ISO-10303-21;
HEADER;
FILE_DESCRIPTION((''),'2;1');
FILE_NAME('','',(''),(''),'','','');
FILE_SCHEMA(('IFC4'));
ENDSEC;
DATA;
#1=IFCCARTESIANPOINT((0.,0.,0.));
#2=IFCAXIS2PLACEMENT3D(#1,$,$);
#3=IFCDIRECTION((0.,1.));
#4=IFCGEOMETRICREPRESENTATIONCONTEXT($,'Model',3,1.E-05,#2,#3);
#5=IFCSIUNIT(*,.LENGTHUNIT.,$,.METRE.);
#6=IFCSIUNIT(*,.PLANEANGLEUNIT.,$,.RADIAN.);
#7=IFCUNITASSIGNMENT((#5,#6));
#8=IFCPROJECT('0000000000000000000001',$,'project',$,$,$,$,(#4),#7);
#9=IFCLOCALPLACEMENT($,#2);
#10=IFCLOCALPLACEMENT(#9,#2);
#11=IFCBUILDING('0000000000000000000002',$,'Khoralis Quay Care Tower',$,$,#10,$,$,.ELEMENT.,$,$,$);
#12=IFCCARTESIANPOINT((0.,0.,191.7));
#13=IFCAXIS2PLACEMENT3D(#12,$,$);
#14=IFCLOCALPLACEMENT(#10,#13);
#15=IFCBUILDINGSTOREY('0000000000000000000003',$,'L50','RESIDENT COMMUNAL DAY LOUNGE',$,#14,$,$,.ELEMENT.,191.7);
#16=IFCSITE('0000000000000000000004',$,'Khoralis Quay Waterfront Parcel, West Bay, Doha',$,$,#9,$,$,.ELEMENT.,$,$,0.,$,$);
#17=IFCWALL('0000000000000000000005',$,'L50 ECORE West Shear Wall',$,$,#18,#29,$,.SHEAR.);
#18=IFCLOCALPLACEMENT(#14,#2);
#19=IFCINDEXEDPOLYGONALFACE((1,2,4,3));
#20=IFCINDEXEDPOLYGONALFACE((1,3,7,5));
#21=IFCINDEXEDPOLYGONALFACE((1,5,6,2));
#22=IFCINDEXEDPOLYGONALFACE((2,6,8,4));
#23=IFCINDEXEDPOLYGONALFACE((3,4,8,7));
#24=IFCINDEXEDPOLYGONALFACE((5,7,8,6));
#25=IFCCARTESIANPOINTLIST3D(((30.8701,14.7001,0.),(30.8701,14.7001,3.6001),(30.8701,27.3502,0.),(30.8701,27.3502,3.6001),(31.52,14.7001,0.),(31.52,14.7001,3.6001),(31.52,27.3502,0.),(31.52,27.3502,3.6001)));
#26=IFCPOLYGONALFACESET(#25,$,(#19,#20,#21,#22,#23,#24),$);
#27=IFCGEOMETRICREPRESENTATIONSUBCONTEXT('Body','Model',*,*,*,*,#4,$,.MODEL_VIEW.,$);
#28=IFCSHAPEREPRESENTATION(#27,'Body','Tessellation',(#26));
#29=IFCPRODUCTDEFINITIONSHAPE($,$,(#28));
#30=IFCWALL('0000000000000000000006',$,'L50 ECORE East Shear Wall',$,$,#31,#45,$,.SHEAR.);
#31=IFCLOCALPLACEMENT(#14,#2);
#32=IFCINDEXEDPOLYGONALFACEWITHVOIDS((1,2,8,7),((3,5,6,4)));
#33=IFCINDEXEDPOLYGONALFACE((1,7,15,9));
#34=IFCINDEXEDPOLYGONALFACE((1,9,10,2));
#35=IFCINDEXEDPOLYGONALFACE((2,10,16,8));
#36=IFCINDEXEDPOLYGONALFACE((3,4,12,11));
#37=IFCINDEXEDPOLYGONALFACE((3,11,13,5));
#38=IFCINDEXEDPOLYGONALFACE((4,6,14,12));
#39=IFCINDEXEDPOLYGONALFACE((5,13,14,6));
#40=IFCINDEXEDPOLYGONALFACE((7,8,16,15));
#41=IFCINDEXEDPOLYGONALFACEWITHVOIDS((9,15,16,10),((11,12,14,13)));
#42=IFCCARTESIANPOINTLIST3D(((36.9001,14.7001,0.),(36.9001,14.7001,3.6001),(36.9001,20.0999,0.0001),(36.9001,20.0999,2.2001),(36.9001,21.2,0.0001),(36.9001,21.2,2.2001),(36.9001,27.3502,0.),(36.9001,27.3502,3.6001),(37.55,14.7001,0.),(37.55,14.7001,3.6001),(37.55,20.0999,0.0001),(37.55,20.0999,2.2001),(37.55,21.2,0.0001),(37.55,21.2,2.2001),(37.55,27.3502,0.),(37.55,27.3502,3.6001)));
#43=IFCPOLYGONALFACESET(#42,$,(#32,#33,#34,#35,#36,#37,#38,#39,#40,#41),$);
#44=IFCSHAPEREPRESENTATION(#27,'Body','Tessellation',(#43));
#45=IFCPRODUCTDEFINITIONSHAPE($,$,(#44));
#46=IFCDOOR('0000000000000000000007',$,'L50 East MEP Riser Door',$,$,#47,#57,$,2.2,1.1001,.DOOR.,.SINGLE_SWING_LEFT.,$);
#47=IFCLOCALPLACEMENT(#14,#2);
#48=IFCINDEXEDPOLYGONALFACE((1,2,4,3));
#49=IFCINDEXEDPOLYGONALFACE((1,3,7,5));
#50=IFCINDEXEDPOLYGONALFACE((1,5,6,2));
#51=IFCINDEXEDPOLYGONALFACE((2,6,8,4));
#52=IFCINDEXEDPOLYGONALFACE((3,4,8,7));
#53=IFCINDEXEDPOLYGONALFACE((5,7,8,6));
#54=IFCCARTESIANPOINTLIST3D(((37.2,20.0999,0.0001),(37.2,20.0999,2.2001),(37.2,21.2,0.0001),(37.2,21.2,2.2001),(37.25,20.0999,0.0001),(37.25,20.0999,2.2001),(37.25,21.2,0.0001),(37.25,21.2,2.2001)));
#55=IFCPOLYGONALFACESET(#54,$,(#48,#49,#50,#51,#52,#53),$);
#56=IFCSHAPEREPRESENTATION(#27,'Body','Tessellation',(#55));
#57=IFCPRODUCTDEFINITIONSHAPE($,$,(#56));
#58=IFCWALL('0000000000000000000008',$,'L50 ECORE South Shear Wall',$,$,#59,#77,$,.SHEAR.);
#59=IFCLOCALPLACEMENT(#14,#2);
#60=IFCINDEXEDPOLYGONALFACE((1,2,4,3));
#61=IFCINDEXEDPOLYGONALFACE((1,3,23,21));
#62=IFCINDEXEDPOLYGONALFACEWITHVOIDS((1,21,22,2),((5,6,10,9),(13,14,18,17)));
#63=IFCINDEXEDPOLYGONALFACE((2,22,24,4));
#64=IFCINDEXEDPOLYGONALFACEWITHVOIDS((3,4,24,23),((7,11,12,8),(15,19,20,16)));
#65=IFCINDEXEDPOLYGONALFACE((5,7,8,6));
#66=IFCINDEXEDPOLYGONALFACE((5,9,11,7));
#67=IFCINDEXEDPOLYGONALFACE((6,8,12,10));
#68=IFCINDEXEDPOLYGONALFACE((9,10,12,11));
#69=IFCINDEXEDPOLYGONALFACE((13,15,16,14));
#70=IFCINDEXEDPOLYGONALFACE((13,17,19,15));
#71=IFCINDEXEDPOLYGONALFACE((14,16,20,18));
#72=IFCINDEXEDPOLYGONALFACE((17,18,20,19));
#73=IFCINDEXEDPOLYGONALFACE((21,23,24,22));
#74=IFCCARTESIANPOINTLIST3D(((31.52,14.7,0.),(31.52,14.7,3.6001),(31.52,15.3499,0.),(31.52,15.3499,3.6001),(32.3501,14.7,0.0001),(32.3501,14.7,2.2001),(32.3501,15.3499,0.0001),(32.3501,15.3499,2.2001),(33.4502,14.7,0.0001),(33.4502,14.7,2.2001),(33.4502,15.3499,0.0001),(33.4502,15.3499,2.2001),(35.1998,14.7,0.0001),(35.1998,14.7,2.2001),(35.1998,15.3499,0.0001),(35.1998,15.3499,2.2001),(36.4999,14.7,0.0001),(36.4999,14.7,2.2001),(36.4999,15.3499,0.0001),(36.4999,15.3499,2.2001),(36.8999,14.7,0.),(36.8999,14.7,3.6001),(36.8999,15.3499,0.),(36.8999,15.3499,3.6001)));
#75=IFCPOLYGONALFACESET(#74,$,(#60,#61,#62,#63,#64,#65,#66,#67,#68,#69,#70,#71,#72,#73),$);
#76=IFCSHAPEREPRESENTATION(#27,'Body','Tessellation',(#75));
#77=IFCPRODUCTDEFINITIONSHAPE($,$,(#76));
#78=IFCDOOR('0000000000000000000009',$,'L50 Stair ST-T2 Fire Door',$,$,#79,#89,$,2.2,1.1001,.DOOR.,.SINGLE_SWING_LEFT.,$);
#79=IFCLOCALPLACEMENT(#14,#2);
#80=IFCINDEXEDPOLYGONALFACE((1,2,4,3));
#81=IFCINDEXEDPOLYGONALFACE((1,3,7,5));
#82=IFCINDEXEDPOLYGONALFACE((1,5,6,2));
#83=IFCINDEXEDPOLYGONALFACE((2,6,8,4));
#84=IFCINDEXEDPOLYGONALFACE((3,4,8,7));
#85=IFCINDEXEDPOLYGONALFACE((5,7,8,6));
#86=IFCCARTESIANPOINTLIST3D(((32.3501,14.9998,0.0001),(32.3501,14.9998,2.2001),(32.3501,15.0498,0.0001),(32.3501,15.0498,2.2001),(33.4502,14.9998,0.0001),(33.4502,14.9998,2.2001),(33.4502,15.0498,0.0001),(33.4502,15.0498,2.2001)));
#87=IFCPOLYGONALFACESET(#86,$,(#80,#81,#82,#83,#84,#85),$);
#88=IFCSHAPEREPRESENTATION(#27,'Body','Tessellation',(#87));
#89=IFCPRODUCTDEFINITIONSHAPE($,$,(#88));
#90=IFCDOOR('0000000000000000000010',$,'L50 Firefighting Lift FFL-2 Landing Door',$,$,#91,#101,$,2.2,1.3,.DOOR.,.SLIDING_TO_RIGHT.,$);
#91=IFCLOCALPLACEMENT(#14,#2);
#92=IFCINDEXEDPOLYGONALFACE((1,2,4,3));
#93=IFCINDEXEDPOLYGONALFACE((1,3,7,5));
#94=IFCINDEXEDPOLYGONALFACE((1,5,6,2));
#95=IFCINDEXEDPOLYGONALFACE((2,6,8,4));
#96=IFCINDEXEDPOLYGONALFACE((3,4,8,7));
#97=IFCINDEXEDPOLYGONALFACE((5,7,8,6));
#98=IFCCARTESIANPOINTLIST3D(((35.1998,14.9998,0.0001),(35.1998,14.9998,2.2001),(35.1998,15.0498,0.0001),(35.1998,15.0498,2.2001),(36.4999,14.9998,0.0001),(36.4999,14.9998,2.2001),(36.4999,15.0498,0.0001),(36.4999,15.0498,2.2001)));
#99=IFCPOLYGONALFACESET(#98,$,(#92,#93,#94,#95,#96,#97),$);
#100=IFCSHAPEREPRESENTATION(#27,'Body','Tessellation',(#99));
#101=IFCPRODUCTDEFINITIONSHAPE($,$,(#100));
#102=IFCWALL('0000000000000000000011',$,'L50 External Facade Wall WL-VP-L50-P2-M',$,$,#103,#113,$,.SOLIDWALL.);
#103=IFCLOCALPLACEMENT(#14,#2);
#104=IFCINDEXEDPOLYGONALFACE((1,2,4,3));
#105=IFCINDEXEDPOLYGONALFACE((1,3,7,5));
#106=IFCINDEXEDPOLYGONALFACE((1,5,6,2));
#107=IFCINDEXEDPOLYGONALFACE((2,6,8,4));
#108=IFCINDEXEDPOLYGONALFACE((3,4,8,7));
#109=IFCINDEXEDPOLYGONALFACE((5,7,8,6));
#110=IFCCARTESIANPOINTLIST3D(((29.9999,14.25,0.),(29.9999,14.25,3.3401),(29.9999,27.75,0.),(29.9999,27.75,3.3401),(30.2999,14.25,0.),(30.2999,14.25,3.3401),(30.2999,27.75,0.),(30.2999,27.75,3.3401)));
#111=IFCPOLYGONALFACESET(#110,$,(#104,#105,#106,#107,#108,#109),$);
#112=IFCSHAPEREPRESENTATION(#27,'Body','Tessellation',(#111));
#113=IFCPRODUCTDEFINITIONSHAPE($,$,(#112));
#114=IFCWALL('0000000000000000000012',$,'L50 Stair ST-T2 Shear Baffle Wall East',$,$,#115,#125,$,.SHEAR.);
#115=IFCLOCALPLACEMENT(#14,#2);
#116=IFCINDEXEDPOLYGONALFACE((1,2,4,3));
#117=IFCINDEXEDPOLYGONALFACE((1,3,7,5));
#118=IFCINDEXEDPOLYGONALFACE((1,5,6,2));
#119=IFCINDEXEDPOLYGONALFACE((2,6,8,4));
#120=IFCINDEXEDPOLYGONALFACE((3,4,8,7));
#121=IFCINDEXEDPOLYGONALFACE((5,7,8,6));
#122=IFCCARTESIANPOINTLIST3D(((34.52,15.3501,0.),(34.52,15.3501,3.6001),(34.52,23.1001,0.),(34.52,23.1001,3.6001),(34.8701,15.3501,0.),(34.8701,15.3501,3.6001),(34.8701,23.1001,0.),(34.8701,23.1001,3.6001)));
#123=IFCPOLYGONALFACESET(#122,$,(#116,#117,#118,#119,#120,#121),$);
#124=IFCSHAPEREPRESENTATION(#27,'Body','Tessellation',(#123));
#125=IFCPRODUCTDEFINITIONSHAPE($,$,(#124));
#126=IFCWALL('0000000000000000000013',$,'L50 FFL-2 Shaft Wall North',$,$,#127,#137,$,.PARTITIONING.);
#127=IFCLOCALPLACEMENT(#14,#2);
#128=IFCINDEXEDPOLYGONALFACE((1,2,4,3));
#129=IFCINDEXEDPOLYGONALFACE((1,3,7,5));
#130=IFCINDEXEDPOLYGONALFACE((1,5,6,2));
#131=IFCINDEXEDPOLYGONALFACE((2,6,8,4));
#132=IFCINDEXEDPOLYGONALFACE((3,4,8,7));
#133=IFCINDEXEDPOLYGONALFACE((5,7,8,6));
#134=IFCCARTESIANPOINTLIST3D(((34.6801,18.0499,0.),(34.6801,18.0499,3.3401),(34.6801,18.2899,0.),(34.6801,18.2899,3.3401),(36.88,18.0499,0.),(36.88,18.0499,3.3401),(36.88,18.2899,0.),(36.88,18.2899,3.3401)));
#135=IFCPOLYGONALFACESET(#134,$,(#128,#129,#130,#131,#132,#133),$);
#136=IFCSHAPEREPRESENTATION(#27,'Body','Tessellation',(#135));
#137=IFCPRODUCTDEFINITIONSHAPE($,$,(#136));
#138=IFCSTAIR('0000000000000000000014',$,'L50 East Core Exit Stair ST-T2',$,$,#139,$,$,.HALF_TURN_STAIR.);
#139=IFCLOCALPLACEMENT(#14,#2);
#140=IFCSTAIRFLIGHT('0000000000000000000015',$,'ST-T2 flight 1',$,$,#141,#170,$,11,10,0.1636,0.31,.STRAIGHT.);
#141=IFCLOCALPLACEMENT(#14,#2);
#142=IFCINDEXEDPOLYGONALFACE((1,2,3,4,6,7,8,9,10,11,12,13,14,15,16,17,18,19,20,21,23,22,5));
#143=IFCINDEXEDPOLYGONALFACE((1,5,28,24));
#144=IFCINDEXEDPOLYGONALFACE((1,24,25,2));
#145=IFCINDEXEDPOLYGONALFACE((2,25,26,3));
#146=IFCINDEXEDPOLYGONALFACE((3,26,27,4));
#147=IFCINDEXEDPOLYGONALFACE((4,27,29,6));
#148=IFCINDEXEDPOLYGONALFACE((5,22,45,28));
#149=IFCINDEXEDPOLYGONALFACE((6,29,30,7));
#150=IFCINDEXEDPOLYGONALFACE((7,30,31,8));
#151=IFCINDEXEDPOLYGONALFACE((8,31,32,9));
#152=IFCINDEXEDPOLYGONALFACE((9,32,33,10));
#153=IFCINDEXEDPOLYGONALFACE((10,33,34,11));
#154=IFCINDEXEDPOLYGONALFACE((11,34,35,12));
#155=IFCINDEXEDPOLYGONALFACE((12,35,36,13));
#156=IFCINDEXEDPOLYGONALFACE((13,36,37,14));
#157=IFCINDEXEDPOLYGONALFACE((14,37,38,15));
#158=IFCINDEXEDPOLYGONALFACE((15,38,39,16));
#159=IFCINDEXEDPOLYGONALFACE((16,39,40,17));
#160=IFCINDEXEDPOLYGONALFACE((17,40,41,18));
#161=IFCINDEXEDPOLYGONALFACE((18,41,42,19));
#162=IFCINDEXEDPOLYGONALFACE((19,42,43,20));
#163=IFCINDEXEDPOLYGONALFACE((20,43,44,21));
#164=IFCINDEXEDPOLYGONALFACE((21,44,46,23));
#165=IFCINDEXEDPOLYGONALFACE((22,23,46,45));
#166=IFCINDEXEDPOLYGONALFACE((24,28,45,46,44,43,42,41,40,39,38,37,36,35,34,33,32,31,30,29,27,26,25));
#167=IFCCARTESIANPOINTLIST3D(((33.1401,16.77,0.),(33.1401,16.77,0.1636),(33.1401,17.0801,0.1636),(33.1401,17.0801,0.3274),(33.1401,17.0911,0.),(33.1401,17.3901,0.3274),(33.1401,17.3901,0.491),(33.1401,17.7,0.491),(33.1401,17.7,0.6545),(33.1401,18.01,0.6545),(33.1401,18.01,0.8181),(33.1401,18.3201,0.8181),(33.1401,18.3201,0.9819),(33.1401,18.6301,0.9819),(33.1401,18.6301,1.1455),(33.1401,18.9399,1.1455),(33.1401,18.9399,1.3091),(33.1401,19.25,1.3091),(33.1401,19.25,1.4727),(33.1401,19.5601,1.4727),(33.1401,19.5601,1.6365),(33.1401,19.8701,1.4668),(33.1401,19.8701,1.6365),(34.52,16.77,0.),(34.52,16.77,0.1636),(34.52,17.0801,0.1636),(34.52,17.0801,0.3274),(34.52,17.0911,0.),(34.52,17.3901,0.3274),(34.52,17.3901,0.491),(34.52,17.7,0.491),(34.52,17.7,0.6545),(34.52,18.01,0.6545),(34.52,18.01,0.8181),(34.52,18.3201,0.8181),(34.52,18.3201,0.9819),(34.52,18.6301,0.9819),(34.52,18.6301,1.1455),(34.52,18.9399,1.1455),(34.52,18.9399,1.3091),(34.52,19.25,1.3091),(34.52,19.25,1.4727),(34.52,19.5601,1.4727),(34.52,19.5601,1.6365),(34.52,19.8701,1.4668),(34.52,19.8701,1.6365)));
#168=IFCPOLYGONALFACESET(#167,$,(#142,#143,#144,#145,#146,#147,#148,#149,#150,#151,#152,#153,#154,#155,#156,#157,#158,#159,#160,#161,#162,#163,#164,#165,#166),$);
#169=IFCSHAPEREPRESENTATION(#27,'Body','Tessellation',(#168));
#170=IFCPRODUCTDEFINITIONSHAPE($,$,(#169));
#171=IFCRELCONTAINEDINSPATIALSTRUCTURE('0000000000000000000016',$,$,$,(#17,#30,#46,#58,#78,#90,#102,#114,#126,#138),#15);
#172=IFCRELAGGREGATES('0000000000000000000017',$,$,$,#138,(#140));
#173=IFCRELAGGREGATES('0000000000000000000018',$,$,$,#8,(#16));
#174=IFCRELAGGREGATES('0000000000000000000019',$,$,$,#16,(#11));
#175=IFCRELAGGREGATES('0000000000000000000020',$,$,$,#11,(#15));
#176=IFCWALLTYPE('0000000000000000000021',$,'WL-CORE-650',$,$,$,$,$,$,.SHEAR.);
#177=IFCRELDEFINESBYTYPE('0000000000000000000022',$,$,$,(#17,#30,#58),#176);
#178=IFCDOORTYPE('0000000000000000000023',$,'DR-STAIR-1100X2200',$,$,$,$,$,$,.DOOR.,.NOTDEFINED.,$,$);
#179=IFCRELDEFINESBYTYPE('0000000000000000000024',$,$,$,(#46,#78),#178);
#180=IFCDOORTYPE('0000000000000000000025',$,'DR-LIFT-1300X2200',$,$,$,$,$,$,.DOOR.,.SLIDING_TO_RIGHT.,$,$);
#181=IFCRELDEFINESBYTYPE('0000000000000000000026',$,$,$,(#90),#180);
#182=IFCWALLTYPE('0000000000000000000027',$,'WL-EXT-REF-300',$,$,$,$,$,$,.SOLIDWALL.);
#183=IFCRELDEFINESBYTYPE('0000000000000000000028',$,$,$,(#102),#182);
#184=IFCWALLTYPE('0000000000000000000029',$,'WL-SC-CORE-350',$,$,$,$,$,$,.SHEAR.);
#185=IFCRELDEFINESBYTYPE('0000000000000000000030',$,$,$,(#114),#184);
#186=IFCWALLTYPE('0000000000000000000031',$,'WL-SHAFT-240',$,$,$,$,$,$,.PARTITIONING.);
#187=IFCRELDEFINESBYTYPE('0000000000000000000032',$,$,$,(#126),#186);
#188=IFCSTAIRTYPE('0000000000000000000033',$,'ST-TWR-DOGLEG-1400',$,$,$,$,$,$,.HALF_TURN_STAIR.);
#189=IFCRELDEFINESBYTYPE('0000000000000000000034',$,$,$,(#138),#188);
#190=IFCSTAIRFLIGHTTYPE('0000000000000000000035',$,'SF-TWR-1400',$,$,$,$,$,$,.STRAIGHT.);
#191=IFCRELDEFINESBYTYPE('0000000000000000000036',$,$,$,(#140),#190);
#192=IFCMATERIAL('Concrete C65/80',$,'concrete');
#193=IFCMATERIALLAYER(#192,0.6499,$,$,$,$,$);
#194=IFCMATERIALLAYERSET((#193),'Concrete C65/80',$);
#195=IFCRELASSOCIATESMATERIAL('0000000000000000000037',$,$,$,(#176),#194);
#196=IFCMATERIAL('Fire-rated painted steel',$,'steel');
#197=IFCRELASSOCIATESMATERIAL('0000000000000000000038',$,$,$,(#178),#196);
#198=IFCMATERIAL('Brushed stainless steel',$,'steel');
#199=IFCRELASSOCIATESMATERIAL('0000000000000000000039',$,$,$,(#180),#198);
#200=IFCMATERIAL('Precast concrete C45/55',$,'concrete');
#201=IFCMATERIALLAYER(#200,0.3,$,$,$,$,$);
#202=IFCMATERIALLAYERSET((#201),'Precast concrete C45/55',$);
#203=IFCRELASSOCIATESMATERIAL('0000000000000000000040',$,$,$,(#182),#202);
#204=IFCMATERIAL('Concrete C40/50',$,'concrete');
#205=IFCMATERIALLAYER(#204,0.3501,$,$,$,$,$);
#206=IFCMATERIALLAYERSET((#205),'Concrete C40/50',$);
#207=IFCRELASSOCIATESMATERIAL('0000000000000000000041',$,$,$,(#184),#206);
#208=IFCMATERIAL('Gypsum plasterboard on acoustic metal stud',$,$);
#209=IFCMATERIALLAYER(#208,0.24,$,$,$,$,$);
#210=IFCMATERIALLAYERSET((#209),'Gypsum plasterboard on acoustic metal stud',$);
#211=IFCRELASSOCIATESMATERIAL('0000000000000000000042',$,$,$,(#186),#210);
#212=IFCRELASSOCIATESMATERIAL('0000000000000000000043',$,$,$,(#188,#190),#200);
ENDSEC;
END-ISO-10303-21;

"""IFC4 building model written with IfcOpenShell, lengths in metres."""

from ifc_helpers import new_model, si_unit, direction, frame, frame_2d, origin, place, context, subcontext, project, spatial, polyline, rectangle, outline, extrude, source, transform, mapped, material, layer, layer_set, type_object, element, fill, aggregate, save


model = new_model("IFC4")

# Units and contexts
model_context = context("Model", 3, precision=1e-05, world=origin(), true_north=direction((0.0, 1.0)))
body_context = subcontext(model_context, "Body", "Model", "MODEL_VIEW")
ifc_project = project(units=[si_unit("LENGTHUNIT", "METRE"), si_unit("PLANEANGLEUNIT", "RADIAN")], contexts=[model_context])

# Site, building, storey
site_placement = place(None, origin())
site = spatial("IfcSite", under=ifc_project, at=site_placement, Name="Khoralis Quay Waterfront Parcel, West Bay, Doha", CompositionType="ELEMENT", RefElevation=0.0)
building_placement = place(site_placement, origin())
building = spatial("IfcBuilding", under=site, at=building_placement, Name="Khoralis Quay Care Tower", CompositionType="ELEMENT")
storey_placement = place(building_placement, frame((0.0, 0.0, 191.7)))
storey = spatial("IfcBuildingStorey", under=building, at=storey_placement, Name="L50", Description="RESIDENT COMMUNAL DAY LOUNGE", CompositionType="ELEMENT", Elevation=191.7)

# Wall
ifc_material_1 = material(Name="Gypsum plasterboard on acoustic metal stud")
ifc_material_2 = material(Name="Concrete C65/80", Category="concrete")
ifc_layer_1 = layer(ifc_material_2, 0.6499)
ifc_layer_set_1 = layer_set([ifc_layer_1], Name="Concrete C65/80")
wall_type_1 = type_object("IfcWallType", Name="WL-CORE-650", PredefinedType="SHEAR", material=ifc_layer_set_1)
wall_1_placement = place(storey_placement, frame((31.1951, 14.7, 0.0), z_axis=(0.0, 0.0, 1.0), x_axis=(0.0, 1.0, 0.0)))
element("IfcWall", 1, at=wall_1_placement, inside=storey, type_object=wall_type_1, Name="L50 ECORE West Shear Wall", PredefinedType="SHEAR", context=body_context, shape_type="SweptSolid", body=[
    extrude(rectangle(XDim=12.6501, YDim=0.6499, at=frame_2d((6.3252, 0.0))), origin(), (0.0, 0.0, 1.0), 3.6001),
])

# Wall, opening, door
wall_2_placement = place(storey_placement, frame((37.2251, 14.7, 0.0), z_axis=(0.0, 0.0, 1.0), x_axis=(0.0, 1.0, 0.0)))
wall_2 = element("IfcWall", 2, at=wall_2_placement, inside=storey, type_object=wall_type_1, Name="L50 ECORE East Shear Wall", PredefinedType="SHEAR", context=body_context, shape_type="SweptSolid", body=[
    extrude(rectangle(XDim=12.6501, YDim=0.6499, at=frame_2d((6.3252, 0.0))), origin(), (0.0, 0.0, 1.0), 3.6001),
])
opening_1_placement = place(wall_2_placement, frame((5.3999, 0.0, 0.0)))
opening_1 = element("IfcOpeningElement", 3, at=opening_1_placement, cuts=wall_2, PredefinedType="OPENING", context=body_context, shape_type="SweptSolid", body=[
    extrude(rectangle(XDim=1.1001, YDim=2.2, at=frame_2d((0.55, 1.1001))), frame((0.0, 0.335, 0.0), z_axis=(0.0, -1.0, 0.0), x_axis=(1.0, 0.0, 0.0)), (0.0, 0.0, 1.0), 0.6699),
])
ifc_material_3 = material(Name="Fire-rated painted steel", Category="steel")
door_type_1 = type_object("IfcDoorType", Name="DR-STAIR-1100X2200", OperationType="NOTDEFINED", PredefinedType="DOOR", material=ifc_material_3)
shared_shape_1 = source(origin(), body_context, "Body", "SweptSolid", [
    extrude(rectangle(XDim=1.1001, YDim=2.2, at=frame_2d((0.55, 1.1001))), frame((0.0, 0.0249, 0.0), z_axis=(0.0, -1.0, 0.0), x_axis=(1.0, 0.0, 0.0)), (0.0, 0.0, 1.0), 0.05),
])
door_1_placement = place(opening_1_placement, frame((1.1001, 0.0, 0.0), z_axis=(0.0, 0.0, 1.0), x_axis=(-1.0, 0.0, 0.0)))
door_1 = element("IfcDoor", 4, at=door_1_placement, inside=storey, type_object=door_type_1, Name="L50 East MEP Riser Door", OperationType="SINGLE_SWING_LEFT", OverallHeight=2.2, OverallWidth=1.1001, PredefinedType="DOOR", context=body_context, shape_type="MappedRepresentation", body=[
    mapped(shared_shape_1, transform((0.0, 0.0, 0.0), scale=1.0)),
])
fill(opening_1, door_1)

# Wall, openings, doors
wall_3_placement = place(storey_placement, frame((31.52, 15.0249, 0.0), z_axis=(0.0, 0.0, 1.0), x_axis=(1.0, 0.0, 0.0)))
wall_3 = element("IfcWall", 5, at=wall_3_placement, inside=storey, type_object=wall_type_1, Name="L50 ECORE South Shear Wall", PredefinedType="SHEAR", context=body_context, shape_type="SweptSolid", body=[
    extrude(rectangle(XDim=5.3799, YDim=0.6499, at=frame_2d((2.6899, 0.0))), origin(), (0.0, 0.0, 1.0), 3.6001),
])
opening_2_placement = place(wall_3_placement, frame((0.8301, 0.0, 0.0)))
opening_2 = element("IfcOpeningElement", 6, at=opening_2_placement, cuts=wall_3, PredefinedType="OPENING", context=body_context, shape_type="SweptSolid", body=[
    extrude(rectangle(XDim=1.1001, YDim=2.2, at=frame_2d((0.55, 1.1001))), frame((0.0, 0.335, 0.0), z_axis=(0.0, -1.0, 0.0), x_axis=(1.0, 0.0, 0.0)), (0.0, 0.0, 1.0), 0.6699),
])
opening_3_placement = place(wall_3_placement, frame((3.6799, 0.0, 0.0)))
opening_3 = element("IfcOpeningElement", 7, at=opening_3_placement, cuts=wall_3, PredefinedType="OPENING", context=body_context, shape_type="SweptSolid", body=[
    extrude(rectangle(XDim=1.3, YDim=2.2, at=frame_2d((0.6499, 1.1001))), frame((0.0, 0.335, 0.0), z_axis=(0.0, -1.0, 0.0), x_axis=(1.0, 0.0, 0.0)), (0.0, 0.0, 1.0), 0.6699),
])
door_2_placement = place(opening_2_placement, origin())
door_2 = element("IfcDoor", 8, at=door_2_placement, inside=storey, type_object=door_type_1, Name="L50 Stair ST-T2 Fire Door", OperationType="SINGLE_SWING_LEFT", OverallHeight=2.2, OverallWidth=1.1001, PredefinedType="DOOR", context=body_context, shape_type="MappedRepresentation", body=[
    mapped(shared_shape_1, transform((0.0, 0.0, 0.0), scale=1.0)),
])
fill(opening_2, door_2)
ifc_material_4 = material(Name="Brushed stainless steel", Category="steel")
door_type_2 = type_object("IfcDoorType", Name="DR-LIFT-1300X2200", OperationType="SLIDING_TO_RIGHT", PredefinedType="DOOR", material=ifc_material_4)
shared_shape_2 = source(origin(), body_context, "Body", "SweptSolid", [
    extrude(rectangle(XDim=1.3, YDim=2.2, at=frame_2d((0.6499, 1.1001))), frame((0.0, 0.0249, 0.0), z_axis=(0.0, -1.0, 0.0), x_axis=(1.0, 0.0, 0.0)), (0.0, 0.0, 1.0), 0.05),
])
door_3_placement = place(opening_3_placement, origin())
door_3 = element("IfcDoor", 9, at=door_3_placement, inside=storey, type_object=door_type_2, Name="L50 Firefighting Lift FFL-2 Landing Door", OperationType="SLIDING_TO_RIGHT", OverallHeight=2.2, OverallWidth=1.3, PredefinedType="DOOR", context=body_context, shape_type="MappedRepresentation", body=[
    mapped(shared_shape_2, transform((0.0, 0.0, 0.0), scale=1.0)),
])
fill(opening_3, door_3)

# Walls
ifc_material_5 = material(Name="Precast concrete C45/55", Category="concrete")
ifc_layer_2 = layer(ifc_material_5, 0.3)
ifc_layer_set_2 = layer_set([ifc_layer_2], Name="Precast concrete C45/55")
wall_type_2 = type_object("IfcWallType", Name="WL-EXT-REF-300", PredefinedType="SOLIDWALL", material=ifc_layer_set_2)
wall_4_placement = place(storey_placement, frame((30.1499, 14.25, 0.0), z_axis=(0.0, 0.0, 1.0), x_axis=(0.0, 1.0, 0.0)))
element("IfcWall", 10, at=wall_4_placement, inside=storey, type_object=wall_type_2, Name="L50 External Facade Wall WL-VP-L50-P2-M", PredefinedType="SOLIDWALL", context=body_context, shape_type="SweptSolid", body=[
    extrude(rectangle(XDim=13.5, YDim=0.3, at=frame_2d((6.75, 0.0))), origin(), (0.0, 0.0, 1.0), 3.3401),
])
ifc_material_6 = material(Name="Concrete C40/50", Category="concrete")
ifc_layer_3 = layer(ifc_material_6, 0.3501)
ifc_layer_set_3 = layer_set([ifc_layer_3], Name="Concrete C40/50")
wall_type_3 = type_object("IfcWallType", Name="WL-SC-CORE-350", PredefinedType="SHEAR", material=ifc_layer_set_3)
wall_5_placement = place(storey_placement, frame((34.6951, 15.3501, 0.0), z_axis=(0.0, 0.0, 1.0), x_axis=(0.0, 1.0, 0.0)))
element("IfcWall", 11, at=wall_5_placement, inside=storey, type_object=wall_type_3, Name="L50 Stair ST-T2 Shear Baffle Wall East", PredefinedType="SHEAR", context=body_context, shape_type="SweptSolid", body=[
    extrude(rectangle(XDim=7.75, YDim=0.3501, at=frame_2d((3.875, 0.0))), origin(), (0.0, 0.0, 1.0), 3.6001),
])
ifc_layer_4 = layer(ifc_material_1, 0.24)
ifc_layer_set_4 = layer_set([ifc_layer_4], Name="Gypsum plasterboard on acoustic metal stud")
wall_type_4 = type_object("IfcWallType", Name="WL-SHAFT-240", PredefinedType="PARTITIONING", material=ifc_layer_set_4)
wall_6_placement = place(storey_placement, frame((34.6799, 18.1699, 0.0), z_axis=(0.0, 0.0, 1.0), x_axis=(1.0, 0.0, 0.0)))
element("IfcWall", 12, at=wall_6_placement, inside=storey, type_object=wall_type_4, Name="L50 FFL-2 Shaft Wall North", PredefinedType="PARTITIONING", context=body_context, shape_type="SweptSolid", body=[
    extrude(rectangle(XDim=2.2, YDim=0.24, at=frame_2d((1.1001, 0.0))), origin(), (0.0, 0.0, 1.0), 3.3401),
])

# Stair, stair flight
stair_type = type_object("IfcStairType", Name="ST-TWR-DOGLEG-1400", PredefinedType="HALF_TURN_STAIR", material=ifc_material_5)
stair_placement = place(storey_placement, origin())
stair = element("IfcStair", 13, at=stair_placement, inside=storey, type_object=stair_type, Name="L50 East Core Exit Stair ST-T2", PredefinedType="HALF_TURN_STAIR")
stair_flight_type = type_object("IfcStairFlightType", Name="SF-TWR-1400", PredefinedType="STRAIGHT", material=ifc_material_5)
shared_shape_3 = source(origin(), body_context, "Body", "SweptSolid", [
    extrude(outline(polyline([(0.0, 0.0), (0.0, 0.1636), (0.3101, 0.1636), (0.3101, 0.3274), (0.6201, 0.3274), (0.6201, 0.491), (0.9299, 0.491), (0.9299, 0.6545), (1.24, 0.6545), (1.24, 0.8181), (1.55, 0.8181), (1.55, 0.9819), (1.8601, 0.9819), (1.8601, 1.1455), (2.1699, 1.1455), (2.1699, 1.3091), (2.48, 1.3091), (2.48, 1.4727), (2.79, 1.4727), (2.79, 1.6365), (3.1001, 1.6365), (3.1001, 1.8), (3.1001, 1.4668), (0.321, 0.0), (0.0, 0.0)])), frame((0.0, 0.6899, 0.0), z_axis=(0.0, -1.0, 0.0), x_axis=(1.0, 0.0, 0.0)), (0.0, 0.0, 1.0), 1.3799),
])
stair_flight_1_placement = place(storey_placement, frame((33.8301, 16.77, 0.0), z_axis=(0.0, 0.0, 1.0), x_axis=(0.0, 1.0, 0.0)))
stair_flight_1 = element("IfcStairFlight", 14, at=stair_flight_1_placement, type_object=stair_flight_type, Name="ST-T2 flight 1", NumberOfRisers=11, NumberOfTreads=10, PredefinedType="STRAIGHT", RiserHeight=0.1636, TreadLength=0.31, context=body_context, shape_type="MappedRepresentation", body=[
    mapped(shared_shape_3, transform((0.0, 0.0, 0.0), scale=1.0)),
])
aggregate(stair, [stair_flight_1])

save(model, "model.ifc")
